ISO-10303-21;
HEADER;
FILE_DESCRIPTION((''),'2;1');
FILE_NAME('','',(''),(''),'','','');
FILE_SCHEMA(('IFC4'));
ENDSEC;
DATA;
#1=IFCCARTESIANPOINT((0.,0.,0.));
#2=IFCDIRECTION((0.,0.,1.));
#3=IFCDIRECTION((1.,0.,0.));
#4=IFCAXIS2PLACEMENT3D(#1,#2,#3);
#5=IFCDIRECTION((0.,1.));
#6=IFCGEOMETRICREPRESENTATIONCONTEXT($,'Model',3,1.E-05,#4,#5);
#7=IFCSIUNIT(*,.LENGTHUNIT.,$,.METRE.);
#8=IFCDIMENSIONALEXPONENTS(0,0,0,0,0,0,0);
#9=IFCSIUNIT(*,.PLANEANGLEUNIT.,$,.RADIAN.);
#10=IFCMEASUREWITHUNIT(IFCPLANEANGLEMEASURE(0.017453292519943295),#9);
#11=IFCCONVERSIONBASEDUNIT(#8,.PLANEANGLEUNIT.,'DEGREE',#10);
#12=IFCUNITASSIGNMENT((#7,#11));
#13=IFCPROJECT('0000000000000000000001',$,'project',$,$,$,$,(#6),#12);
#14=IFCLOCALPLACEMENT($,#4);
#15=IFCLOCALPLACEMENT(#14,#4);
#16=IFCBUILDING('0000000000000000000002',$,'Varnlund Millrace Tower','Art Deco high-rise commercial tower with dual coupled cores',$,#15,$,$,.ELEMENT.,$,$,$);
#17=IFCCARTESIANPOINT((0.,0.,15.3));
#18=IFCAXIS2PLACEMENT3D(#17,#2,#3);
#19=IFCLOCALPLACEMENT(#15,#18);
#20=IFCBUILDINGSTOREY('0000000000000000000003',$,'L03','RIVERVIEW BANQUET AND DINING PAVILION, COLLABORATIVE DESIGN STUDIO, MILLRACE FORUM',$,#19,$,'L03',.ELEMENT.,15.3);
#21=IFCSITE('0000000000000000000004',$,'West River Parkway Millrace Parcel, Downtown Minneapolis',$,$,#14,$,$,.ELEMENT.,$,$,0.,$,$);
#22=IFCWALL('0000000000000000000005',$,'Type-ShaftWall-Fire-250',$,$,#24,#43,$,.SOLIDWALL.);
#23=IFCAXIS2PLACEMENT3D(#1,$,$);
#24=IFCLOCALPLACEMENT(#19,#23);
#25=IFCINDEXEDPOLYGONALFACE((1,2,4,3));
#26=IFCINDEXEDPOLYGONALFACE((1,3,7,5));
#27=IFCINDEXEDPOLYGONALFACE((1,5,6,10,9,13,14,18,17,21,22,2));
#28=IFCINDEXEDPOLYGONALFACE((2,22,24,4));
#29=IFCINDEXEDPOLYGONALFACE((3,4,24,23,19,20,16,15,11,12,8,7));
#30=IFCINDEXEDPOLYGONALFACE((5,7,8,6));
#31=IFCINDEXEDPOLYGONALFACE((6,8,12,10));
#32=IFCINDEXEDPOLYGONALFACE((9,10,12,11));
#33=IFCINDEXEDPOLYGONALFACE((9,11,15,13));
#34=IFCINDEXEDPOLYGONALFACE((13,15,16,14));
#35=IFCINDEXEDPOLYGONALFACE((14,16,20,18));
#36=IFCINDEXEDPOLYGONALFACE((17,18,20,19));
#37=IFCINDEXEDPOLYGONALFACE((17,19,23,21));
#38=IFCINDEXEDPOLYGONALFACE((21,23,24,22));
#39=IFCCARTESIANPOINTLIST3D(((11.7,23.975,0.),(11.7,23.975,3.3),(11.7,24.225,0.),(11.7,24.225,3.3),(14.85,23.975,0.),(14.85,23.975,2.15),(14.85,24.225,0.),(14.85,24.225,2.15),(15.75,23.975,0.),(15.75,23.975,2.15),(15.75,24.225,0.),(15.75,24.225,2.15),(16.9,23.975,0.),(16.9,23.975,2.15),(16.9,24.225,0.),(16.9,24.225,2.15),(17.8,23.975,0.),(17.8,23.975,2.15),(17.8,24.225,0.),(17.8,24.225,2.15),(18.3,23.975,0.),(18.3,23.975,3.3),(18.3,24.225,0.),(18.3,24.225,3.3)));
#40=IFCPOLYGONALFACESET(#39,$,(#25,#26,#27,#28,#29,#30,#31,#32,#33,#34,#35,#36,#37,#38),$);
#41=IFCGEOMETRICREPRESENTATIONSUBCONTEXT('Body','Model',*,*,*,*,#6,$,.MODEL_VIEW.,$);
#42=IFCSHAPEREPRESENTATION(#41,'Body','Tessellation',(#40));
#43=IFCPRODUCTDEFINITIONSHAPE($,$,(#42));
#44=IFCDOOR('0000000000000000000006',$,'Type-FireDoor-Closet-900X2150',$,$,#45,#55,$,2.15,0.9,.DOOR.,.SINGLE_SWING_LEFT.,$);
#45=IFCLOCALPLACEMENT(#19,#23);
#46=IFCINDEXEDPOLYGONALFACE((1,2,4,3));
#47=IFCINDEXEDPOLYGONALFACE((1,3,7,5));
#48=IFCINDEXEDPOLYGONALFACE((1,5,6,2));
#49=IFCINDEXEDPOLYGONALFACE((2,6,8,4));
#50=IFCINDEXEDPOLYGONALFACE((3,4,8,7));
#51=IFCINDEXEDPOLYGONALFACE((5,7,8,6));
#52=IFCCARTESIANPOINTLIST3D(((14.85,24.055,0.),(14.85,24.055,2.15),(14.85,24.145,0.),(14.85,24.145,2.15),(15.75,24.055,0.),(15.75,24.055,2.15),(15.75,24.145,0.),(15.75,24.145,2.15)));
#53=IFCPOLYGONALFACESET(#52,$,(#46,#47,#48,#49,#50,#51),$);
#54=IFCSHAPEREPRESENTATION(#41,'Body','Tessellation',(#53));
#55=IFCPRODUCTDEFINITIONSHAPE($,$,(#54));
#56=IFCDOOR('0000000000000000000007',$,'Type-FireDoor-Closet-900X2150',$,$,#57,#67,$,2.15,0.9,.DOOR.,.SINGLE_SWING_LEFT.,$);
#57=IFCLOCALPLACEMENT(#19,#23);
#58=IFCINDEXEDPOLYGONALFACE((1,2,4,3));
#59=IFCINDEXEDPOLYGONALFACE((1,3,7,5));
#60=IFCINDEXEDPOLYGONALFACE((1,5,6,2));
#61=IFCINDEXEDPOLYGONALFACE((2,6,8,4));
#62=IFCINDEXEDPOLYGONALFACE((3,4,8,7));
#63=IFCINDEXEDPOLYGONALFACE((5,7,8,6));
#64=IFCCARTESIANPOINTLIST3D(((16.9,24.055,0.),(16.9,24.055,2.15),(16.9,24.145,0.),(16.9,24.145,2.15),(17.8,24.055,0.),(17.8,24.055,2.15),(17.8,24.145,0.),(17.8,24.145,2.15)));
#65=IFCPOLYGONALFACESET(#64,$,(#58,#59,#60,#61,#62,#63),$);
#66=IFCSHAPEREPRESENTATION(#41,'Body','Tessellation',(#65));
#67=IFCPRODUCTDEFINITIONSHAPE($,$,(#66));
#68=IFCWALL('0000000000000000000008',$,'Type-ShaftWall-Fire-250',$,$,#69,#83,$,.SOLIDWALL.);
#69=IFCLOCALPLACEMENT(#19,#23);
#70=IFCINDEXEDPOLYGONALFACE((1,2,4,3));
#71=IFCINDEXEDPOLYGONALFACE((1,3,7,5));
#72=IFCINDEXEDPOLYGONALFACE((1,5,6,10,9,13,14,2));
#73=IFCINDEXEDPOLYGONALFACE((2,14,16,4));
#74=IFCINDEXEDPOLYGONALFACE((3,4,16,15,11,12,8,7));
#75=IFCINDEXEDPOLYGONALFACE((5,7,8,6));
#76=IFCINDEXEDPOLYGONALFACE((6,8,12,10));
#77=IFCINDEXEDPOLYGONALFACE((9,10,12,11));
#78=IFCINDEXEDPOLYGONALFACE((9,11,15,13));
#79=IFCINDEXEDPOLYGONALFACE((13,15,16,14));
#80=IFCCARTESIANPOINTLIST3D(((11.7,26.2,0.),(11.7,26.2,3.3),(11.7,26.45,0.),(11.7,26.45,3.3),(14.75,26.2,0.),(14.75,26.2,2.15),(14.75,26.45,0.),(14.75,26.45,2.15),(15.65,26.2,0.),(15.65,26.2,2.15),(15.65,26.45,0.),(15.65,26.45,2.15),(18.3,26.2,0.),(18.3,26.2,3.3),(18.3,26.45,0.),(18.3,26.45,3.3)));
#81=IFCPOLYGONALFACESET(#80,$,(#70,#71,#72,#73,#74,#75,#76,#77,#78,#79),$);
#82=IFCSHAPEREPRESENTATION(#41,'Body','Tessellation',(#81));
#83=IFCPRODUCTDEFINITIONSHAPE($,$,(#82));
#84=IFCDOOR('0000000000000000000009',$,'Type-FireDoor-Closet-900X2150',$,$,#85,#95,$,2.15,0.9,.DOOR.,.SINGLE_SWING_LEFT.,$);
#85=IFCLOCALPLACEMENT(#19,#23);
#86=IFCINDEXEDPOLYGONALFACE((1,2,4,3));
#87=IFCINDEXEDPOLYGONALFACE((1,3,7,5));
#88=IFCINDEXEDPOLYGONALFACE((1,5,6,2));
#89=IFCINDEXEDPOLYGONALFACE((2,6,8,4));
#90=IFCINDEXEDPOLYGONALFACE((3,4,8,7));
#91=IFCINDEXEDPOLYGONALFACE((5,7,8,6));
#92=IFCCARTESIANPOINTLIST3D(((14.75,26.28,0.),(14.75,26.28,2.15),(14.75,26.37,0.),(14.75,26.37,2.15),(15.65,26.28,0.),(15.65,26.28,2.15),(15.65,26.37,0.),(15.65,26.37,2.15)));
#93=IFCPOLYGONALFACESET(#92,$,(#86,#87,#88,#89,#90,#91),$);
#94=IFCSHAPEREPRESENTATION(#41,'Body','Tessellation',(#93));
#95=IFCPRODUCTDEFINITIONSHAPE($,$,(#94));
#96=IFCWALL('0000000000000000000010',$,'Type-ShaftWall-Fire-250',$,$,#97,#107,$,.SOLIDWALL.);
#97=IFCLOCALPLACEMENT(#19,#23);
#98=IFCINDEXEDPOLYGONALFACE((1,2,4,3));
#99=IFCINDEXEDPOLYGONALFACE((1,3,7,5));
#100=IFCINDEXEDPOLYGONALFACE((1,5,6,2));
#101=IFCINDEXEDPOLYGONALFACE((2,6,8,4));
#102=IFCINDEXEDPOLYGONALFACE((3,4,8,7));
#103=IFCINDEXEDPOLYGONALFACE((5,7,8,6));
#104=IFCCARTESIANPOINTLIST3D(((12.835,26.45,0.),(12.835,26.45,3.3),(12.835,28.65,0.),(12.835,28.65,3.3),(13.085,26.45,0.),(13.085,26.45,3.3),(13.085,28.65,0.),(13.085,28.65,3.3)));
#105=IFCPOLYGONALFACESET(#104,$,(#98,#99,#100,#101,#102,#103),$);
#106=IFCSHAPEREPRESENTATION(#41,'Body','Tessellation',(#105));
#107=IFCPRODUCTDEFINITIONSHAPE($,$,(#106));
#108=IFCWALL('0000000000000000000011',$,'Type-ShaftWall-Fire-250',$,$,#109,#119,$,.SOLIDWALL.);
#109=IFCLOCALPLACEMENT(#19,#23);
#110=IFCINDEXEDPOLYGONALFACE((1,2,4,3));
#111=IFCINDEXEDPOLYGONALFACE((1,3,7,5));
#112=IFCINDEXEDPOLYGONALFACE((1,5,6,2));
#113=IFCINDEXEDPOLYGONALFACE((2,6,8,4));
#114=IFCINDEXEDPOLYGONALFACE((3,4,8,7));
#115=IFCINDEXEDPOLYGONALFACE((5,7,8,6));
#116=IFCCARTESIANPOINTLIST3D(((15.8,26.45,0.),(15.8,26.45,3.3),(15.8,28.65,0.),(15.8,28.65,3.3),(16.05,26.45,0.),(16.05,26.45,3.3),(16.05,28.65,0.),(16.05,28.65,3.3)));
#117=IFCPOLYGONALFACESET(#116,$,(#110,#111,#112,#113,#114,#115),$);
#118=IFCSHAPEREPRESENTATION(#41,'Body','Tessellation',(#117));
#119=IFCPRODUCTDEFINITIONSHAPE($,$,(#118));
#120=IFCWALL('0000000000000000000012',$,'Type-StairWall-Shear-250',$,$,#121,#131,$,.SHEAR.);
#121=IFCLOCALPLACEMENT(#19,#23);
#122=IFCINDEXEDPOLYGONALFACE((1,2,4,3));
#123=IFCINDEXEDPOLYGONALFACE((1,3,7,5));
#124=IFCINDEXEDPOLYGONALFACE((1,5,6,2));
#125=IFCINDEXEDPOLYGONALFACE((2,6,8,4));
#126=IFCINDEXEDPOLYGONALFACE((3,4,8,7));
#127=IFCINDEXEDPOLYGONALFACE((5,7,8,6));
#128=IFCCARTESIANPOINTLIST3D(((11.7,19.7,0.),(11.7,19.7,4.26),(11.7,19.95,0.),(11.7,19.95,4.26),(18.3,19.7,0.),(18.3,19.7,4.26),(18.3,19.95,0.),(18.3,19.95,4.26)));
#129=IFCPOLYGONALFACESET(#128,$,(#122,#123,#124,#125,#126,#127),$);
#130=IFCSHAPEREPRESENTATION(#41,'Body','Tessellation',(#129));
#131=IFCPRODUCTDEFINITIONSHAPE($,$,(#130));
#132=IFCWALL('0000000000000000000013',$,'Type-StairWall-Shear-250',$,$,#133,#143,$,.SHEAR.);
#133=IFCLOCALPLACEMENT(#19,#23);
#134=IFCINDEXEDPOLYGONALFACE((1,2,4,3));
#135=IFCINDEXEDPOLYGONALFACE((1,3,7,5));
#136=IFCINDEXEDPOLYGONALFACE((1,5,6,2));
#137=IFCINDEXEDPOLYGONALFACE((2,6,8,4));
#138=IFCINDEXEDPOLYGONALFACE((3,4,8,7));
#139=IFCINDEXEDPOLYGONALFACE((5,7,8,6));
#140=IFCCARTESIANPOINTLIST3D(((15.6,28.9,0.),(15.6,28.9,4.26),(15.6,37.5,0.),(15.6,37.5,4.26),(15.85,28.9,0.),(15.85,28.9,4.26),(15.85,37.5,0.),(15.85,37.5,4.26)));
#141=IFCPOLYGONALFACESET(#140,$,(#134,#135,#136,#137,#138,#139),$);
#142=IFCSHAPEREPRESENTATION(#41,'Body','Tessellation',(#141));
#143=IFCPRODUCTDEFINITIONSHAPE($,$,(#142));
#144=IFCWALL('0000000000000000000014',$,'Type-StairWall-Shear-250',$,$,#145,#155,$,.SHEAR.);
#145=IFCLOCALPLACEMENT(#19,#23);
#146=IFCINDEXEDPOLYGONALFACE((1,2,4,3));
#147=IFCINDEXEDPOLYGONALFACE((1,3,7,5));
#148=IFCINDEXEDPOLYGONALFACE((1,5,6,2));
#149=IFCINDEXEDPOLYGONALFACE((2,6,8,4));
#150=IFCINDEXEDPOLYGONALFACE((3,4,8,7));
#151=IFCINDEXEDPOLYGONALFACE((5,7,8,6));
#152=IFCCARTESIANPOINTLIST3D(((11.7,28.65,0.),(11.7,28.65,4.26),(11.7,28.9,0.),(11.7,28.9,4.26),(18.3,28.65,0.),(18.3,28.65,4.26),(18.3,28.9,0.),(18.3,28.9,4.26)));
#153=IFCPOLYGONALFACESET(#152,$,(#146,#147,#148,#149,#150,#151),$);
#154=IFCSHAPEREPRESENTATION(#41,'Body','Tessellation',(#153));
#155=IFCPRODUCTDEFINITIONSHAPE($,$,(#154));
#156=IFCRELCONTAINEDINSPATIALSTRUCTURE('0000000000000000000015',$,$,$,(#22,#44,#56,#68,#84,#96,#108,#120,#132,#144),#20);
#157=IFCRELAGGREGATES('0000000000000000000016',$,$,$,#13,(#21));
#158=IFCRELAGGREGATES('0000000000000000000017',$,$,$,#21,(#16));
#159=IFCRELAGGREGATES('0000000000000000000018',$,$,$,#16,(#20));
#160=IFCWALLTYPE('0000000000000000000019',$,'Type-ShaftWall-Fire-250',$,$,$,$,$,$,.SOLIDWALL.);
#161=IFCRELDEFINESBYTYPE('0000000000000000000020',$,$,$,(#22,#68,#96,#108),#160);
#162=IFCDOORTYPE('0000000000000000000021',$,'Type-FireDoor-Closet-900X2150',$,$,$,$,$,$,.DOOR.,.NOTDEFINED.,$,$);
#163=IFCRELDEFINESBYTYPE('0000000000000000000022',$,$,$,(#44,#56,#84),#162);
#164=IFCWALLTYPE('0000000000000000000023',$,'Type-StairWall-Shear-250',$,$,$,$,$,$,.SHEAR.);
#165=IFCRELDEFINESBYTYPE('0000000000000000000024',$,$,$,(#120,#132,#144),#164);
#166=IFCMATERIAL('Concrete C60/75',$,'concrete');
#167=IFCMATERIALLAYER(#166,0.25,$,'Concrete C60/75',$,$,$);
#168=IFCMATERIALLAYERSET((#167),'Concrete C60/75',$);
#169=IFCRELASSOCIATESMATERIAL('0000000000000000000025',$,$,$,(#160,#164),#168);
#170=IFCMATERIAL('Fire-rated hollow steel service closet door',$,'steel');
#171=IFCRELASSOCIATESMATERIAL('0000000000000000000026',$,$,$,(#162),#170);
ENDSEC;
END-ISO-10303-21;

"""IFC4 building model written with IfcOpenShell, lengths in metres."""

from ifc_helpers import new_model, entity, si_unit, converted_unit, direction, frame, origin_with_axes, origin_2d_with_axis, place, context, subcontext, project, spatial, polyline, rectangle, outline, extrude, material, layer, layer_set, type_object, element, fill, save


model = new_model("IFC4")

# Units and contexts
model_context = context("Model", 3, precision=1e-05, world=origin_with_axes(), true_north=direction((0.0, 1.0)))
body_context = subcontext(model_context, "Body", "Model", "MODEL_VIEW")
ifc_project = project(units=[si_unit("LENGTHUNIT", "METRE"), converted_unit("PLANEANGLEUNIT", "DEGREE", entity("IfcPlaneAngleMeasure", 0.017453292519943295), si_unit("PLANEANGLEUNIT", "RADIAN"), dimensions=[0, 0, 0, 0, 0, 0, 0])], contexts=[model_context])

# Site, building, storey
site_placement = place(None, origin_with_axes())
site = spatial("IfcSite", under=ifc_project, at=site_placement, Name="West River Parkway Millrace Parcel, Downtown Minneapolis", CompositionType="ELEMENT", RefElevation=0.0)
building_placement = place(site_placement, origin_with_axes())
building = spatial("IfcBuilding", under=site, at=building_placement, Name="Varnlund Millrace Tower", Description="Art Deco high-rise commercial tower with dual coupled cores", CompositionType="ELEMENT")
storey_placement = place(building_placement, frame((0.0, 0.0, 15.3), z_axis=(0.0, 0.0, 1.0), x_axis=(1.0, 0.0, 0.0)))
storey = spatial("IfcBuildingStorey", under=building, at=storey_placement, Name="L03", Description="RIVERVIEW BANQUET AND DINING PAVILION, COLLABORATIVE DESIGN STUDIO, MILLRACE FORUM", LongName="L03", CompositionType="ELEMENT", Elevation=15.3)

# Wall, openings, doors
ifc_material_1 = material(Name="Concrete C60/75", Category="concrete")
ifc_layer_1 = layer(ifc_material_1, 0.25, Name="Concrete C60/75")
ifc_layer_set_1 = layer_set([ifc_layer_1], Name="Concrete C60/75")
wall_type_1 = type_object("IfcWallType", Name="Type-ShaftWall-Fire-250", PredefinedType="SOLIDWALL", material=ifc_layer_set_1)
wall_1_placement = place(storey_placement, frame((11.7, 24.1, 0.0), z_axis=(0.0, 0.0, 1.0), x_axis=(1.0, 0.0, 0.0)))
wall_1 = element("IfcWall", 1, at=wall_1_placement, inside=storey, type_object=wall_type_1, Name="Type-ShaftWall-Fire-250", PredefinedType="SOLIDWALL", context=body_context, shape_type="SweptSolid", body=[
    extrude(outline(polyline([(0.0, -0.125), (6.6, -0.125), (6.6, 0.125), (0.0, 0.125), (0.0, -0.125)])), origin_with_axes(), (0.0, 0.0, 1.0), 3.3),
])
opening_1_placement = place(wall_1_placement, frame((3.6, 0.0, 0.0), z_axis=(0.0, 0.0, 1.0), x_axis=(1.0, 0.0, 0.0)))
opening_1 = element("IfcOpeningElement", 2, at=opening_1_placement, cuts=wall_1, PredefinedType="OPENING", context=body_context, shape_type="SweptSolid", body=[
    extrude(rectangle(XDim=0.9, YDim=0.27, at=origin_2d_with_axis()), origin_with_axes(), (0.0, 0.0, 1.0), 2.15),
])
opening_2_placement = place(wall_1_placement, frame((5.65, 0.0, 0.0), z_axis=(0.0, 0.0, 1.0), x_axis=(1.0, 0.0, 0.0)))
opening_2 = element("IfcOpeningElement", 3, at=opening_2_placement, cuts=wall_1, PredefinedType="OPENING", context=body_context, shape_type="SweptSolid", body=[
    extrude(rectangle(XDim=0.9, YDim=0.27, at=origin_2d_with_axis()), origin_with_axes(), (0.0, 0.0, 1.0), 2.15),
])
ifc_material_2 = material(Name="Fire-rated hollow steel service closet door", Category="steel")
door_type_1 = type_object("IfcDoorType", Name="Type-FireDoor-Closet-900X2150", OperationType="NOTDEFINED", PredefinedType="DOOR", material=ifc_material_2)
door_1_placement = place(wall_1_placement, frame((3.6, 0.0, 0.0), z_axis=(0.0, 0.0, 1.0), x_axis=(1.0, 0.0, 0.0)))
door_1 = element("IfcDoor", 4, at=door_1_placement, inside=storey, type_object=door_type_1, Name="Type-FireDoor-Closet-900X2150", OperationType="SINGLE_SWING_LEFT", OverallHeight=2.15, OverallWidth=0.9, PredefinedType="DOOR", context=body_context, shape_type="SweptSolid", body=[
    extrude(rectangle(XDim=0.9, YDim=0.09, at=origin_2d_with_axis()), origin_with_axes(), (0.0, 0.0, 1.0), 2.15),
])
fill(opening_1, door_1)
door_2_placement = place(wall_1_placement, frame((5.65, 0.0, 0.0), z_axis=(0.0, 0.0, 1.0), x_axis=(1.0, 0.0, 0.0)))
door_2 = element("IfcDoor", 5, at=door_2_placement, inside=storey, type_object=door_type_1, Name="Type-FireDoor-Closet-900X2150", OperationType="SINGLE_SWING_LEFT", OverallHeight=2.15, OverallWidth=0.9, PredefinedType="DOOR", context=body_context, shape_type="SweptSolid", body=[
    extrude(rectangle(XDim=0.9, YDim=0.09, at=origin_2d_with_axis()), origin_with_axes(), (0.0, 0.0, 1.0), 2.15),
])
fill(opening_2, door_2)

# Wall, opening, door
wall_2_placement = place(storey_placement, frame((11.7, 26.325, 0.0), z_axis=(0.0, 0.0, 1.0), x_axis=(1.0, 0.0, 0.0)))
wall_2 = element("IfcWall", 6, at=wall_2_placement, inside=storey, type_object=wall_type_1, Name="Type-ShaftWall-Fire-250", PredefinedType="SOLIDWALL", context=body_context, shape_type="SweptSolid", body=[
    extrude(outline(polyline([(0.0, -0.125), (6.6, -0.125), (6.6, 0.125), (0.0, 0.125), (0.0, -0.125)])), origin_with_axes(), (0.0, 0.0, 1.0), 3.3),
])
opening_3_placement = place(wall_2_placement, frame((3.5, 0.0, 0.0), z_axis=(0.0, 0.0, 1.0), x_axis=(1.0, 0.0, 0.0)))
opening_3 = element("IfcOpeningElement", 7, at=opening_3_placement, cuts=wall_2, PredefinedType="OPENING", context=body_context, shape_type="SweptSolid", body=[
    extrude(rectangle(XDim=0.9, YDim=0.27, at=origin_2d_with_axis()), origin_with_axes(), (0.0, 0.0, 1.0), 2.15),
])
door_3_placement = place(wall_2_placement, frame((3.5, 0.0, 0.0), z_axis=(0.0, 0.0, 1.0), x_axis=(1.0, 0.0, 0.0)))
door_3 = element("IfcDoor", 8, at=door_3_placement, inside=storey, type_object=door_type_1, Name="Type-FireDoor-Closet-900X2150", OperationType="SINGLE_SWING_LEFT", OverallHeight=2.15, OverallWidth=0.9, PredefinedType="DOOR", context=body_context, shape_type="SweptSolid", body=[
    extrude(rectangle(XDim=0.9, YDim=0.09, at=origin_2d_with_axis()), origin_with_axes(), (0.0, 0.0, 1.0), 2.15),
])
fill(opening_3, door_3)

# Walls
for number, where, z_axis, x_axis, name in (
    (9, (12.96, 26.45, 0.0), (0.0, 0.0, 1.0), (0.0, 1.0, 0.0), "Type-ShaftWall-Fire-250"),
    (10, (15.925, 26.45, 0.0), (0.0, 0.0, 1.0), (0.0, 1.0, 0.0), "Type-ShaftWall-Fire-250"),
):
    element("IfcWall", number, at=place(storey_placement, frame(where, z_axis=z_axis, x_axis=x_axis)), inside=storey, type_object=wall_type_1, Name=name, PredefinedType="SOLIDWALL", context=body_context, shape_type="SweptSolid", body=[
        extrude(outline(polyline([(0.0, -0.125), (2.2, -0.125), (2.2, 0.125), (0.0, 0.125), (0.0, -0.125)])), origin_with_axes(), (0.0, 0.0, 1.0), 3.3),
    ])
wall_type_2 = type_object("IfcWallType", Name="Type-StairWall-Shear-250", PredefinedType="SHEAR", material=ifc_layer_set_1)
wall_3_placement = place(storey_placement, frame((11.7, 19.825, 0.0), z_axis=(0.0, 0.0, 1.0), x_axis=(1.0, 0.0, 0.0)))
element("IfcWall", 11, at=wall_3_placement, inside=storey, type_object=wall_type_2, Name="Type-StairWall-Shear-250", PredefinedType="SHEAR", context=body_context, shape_type="SweptSolid", body=[
    extrude(outline(polyline([(0.0, -0.125), (6.6, -0.125), (6.6, 0.125), (0.0, 0.125), (0.0, -0.125)])), origin_with_axes(), (0.0, 0.0, 1.0), 4.26),
])
wall_4_placement = place(storey_placement, frame((15.725, 28.9, 0.0), z_axis=(0.0, 0.0, 1.0), x_axis=(0.0, 1.0, 0.0)))
element("IfcWall", 12, at=wall_4_placement, inside=storey, type_object=wall_type_2, Name="Type-StairWall-Shear-250", PredefinedType="SHEAR", context=body_context, shape_type="SweptSolid", body=[
    extrude(outline(polyline([(0.0, -0.125), (8.6, -0.125), (8.6, 0.125), (0.0, 0.125), (0.0, -0.125)])), origin_with_axes(), (0.0, 0.0, 1.0), 4.26),
])
wall_5_placement = place(storey_placement, frame((11.7, 28.775, 0.0), z_axis=(0.0, 0.0, 1.0), x_axis=(1.0, 0.0, 0.0)))
element("IfcWall", 13, at=wall_5_placement, inside=storey, type_object=wall_type_2, Name="Type-StairWall-Shear-250", PredefinedType="SHEAR", context=body_context, shape_type="SweptSolid", body=[
    extrude(outline(polyline([(0.0, -0.125), (6.6, -0.125), (6.6, 0.125), (0.0, 0.125), (0.0, -0.125)])), origin_with_axes(), (0.0, 0.0, 1.0), 4.26),
])

save(model, "model.ifc")
